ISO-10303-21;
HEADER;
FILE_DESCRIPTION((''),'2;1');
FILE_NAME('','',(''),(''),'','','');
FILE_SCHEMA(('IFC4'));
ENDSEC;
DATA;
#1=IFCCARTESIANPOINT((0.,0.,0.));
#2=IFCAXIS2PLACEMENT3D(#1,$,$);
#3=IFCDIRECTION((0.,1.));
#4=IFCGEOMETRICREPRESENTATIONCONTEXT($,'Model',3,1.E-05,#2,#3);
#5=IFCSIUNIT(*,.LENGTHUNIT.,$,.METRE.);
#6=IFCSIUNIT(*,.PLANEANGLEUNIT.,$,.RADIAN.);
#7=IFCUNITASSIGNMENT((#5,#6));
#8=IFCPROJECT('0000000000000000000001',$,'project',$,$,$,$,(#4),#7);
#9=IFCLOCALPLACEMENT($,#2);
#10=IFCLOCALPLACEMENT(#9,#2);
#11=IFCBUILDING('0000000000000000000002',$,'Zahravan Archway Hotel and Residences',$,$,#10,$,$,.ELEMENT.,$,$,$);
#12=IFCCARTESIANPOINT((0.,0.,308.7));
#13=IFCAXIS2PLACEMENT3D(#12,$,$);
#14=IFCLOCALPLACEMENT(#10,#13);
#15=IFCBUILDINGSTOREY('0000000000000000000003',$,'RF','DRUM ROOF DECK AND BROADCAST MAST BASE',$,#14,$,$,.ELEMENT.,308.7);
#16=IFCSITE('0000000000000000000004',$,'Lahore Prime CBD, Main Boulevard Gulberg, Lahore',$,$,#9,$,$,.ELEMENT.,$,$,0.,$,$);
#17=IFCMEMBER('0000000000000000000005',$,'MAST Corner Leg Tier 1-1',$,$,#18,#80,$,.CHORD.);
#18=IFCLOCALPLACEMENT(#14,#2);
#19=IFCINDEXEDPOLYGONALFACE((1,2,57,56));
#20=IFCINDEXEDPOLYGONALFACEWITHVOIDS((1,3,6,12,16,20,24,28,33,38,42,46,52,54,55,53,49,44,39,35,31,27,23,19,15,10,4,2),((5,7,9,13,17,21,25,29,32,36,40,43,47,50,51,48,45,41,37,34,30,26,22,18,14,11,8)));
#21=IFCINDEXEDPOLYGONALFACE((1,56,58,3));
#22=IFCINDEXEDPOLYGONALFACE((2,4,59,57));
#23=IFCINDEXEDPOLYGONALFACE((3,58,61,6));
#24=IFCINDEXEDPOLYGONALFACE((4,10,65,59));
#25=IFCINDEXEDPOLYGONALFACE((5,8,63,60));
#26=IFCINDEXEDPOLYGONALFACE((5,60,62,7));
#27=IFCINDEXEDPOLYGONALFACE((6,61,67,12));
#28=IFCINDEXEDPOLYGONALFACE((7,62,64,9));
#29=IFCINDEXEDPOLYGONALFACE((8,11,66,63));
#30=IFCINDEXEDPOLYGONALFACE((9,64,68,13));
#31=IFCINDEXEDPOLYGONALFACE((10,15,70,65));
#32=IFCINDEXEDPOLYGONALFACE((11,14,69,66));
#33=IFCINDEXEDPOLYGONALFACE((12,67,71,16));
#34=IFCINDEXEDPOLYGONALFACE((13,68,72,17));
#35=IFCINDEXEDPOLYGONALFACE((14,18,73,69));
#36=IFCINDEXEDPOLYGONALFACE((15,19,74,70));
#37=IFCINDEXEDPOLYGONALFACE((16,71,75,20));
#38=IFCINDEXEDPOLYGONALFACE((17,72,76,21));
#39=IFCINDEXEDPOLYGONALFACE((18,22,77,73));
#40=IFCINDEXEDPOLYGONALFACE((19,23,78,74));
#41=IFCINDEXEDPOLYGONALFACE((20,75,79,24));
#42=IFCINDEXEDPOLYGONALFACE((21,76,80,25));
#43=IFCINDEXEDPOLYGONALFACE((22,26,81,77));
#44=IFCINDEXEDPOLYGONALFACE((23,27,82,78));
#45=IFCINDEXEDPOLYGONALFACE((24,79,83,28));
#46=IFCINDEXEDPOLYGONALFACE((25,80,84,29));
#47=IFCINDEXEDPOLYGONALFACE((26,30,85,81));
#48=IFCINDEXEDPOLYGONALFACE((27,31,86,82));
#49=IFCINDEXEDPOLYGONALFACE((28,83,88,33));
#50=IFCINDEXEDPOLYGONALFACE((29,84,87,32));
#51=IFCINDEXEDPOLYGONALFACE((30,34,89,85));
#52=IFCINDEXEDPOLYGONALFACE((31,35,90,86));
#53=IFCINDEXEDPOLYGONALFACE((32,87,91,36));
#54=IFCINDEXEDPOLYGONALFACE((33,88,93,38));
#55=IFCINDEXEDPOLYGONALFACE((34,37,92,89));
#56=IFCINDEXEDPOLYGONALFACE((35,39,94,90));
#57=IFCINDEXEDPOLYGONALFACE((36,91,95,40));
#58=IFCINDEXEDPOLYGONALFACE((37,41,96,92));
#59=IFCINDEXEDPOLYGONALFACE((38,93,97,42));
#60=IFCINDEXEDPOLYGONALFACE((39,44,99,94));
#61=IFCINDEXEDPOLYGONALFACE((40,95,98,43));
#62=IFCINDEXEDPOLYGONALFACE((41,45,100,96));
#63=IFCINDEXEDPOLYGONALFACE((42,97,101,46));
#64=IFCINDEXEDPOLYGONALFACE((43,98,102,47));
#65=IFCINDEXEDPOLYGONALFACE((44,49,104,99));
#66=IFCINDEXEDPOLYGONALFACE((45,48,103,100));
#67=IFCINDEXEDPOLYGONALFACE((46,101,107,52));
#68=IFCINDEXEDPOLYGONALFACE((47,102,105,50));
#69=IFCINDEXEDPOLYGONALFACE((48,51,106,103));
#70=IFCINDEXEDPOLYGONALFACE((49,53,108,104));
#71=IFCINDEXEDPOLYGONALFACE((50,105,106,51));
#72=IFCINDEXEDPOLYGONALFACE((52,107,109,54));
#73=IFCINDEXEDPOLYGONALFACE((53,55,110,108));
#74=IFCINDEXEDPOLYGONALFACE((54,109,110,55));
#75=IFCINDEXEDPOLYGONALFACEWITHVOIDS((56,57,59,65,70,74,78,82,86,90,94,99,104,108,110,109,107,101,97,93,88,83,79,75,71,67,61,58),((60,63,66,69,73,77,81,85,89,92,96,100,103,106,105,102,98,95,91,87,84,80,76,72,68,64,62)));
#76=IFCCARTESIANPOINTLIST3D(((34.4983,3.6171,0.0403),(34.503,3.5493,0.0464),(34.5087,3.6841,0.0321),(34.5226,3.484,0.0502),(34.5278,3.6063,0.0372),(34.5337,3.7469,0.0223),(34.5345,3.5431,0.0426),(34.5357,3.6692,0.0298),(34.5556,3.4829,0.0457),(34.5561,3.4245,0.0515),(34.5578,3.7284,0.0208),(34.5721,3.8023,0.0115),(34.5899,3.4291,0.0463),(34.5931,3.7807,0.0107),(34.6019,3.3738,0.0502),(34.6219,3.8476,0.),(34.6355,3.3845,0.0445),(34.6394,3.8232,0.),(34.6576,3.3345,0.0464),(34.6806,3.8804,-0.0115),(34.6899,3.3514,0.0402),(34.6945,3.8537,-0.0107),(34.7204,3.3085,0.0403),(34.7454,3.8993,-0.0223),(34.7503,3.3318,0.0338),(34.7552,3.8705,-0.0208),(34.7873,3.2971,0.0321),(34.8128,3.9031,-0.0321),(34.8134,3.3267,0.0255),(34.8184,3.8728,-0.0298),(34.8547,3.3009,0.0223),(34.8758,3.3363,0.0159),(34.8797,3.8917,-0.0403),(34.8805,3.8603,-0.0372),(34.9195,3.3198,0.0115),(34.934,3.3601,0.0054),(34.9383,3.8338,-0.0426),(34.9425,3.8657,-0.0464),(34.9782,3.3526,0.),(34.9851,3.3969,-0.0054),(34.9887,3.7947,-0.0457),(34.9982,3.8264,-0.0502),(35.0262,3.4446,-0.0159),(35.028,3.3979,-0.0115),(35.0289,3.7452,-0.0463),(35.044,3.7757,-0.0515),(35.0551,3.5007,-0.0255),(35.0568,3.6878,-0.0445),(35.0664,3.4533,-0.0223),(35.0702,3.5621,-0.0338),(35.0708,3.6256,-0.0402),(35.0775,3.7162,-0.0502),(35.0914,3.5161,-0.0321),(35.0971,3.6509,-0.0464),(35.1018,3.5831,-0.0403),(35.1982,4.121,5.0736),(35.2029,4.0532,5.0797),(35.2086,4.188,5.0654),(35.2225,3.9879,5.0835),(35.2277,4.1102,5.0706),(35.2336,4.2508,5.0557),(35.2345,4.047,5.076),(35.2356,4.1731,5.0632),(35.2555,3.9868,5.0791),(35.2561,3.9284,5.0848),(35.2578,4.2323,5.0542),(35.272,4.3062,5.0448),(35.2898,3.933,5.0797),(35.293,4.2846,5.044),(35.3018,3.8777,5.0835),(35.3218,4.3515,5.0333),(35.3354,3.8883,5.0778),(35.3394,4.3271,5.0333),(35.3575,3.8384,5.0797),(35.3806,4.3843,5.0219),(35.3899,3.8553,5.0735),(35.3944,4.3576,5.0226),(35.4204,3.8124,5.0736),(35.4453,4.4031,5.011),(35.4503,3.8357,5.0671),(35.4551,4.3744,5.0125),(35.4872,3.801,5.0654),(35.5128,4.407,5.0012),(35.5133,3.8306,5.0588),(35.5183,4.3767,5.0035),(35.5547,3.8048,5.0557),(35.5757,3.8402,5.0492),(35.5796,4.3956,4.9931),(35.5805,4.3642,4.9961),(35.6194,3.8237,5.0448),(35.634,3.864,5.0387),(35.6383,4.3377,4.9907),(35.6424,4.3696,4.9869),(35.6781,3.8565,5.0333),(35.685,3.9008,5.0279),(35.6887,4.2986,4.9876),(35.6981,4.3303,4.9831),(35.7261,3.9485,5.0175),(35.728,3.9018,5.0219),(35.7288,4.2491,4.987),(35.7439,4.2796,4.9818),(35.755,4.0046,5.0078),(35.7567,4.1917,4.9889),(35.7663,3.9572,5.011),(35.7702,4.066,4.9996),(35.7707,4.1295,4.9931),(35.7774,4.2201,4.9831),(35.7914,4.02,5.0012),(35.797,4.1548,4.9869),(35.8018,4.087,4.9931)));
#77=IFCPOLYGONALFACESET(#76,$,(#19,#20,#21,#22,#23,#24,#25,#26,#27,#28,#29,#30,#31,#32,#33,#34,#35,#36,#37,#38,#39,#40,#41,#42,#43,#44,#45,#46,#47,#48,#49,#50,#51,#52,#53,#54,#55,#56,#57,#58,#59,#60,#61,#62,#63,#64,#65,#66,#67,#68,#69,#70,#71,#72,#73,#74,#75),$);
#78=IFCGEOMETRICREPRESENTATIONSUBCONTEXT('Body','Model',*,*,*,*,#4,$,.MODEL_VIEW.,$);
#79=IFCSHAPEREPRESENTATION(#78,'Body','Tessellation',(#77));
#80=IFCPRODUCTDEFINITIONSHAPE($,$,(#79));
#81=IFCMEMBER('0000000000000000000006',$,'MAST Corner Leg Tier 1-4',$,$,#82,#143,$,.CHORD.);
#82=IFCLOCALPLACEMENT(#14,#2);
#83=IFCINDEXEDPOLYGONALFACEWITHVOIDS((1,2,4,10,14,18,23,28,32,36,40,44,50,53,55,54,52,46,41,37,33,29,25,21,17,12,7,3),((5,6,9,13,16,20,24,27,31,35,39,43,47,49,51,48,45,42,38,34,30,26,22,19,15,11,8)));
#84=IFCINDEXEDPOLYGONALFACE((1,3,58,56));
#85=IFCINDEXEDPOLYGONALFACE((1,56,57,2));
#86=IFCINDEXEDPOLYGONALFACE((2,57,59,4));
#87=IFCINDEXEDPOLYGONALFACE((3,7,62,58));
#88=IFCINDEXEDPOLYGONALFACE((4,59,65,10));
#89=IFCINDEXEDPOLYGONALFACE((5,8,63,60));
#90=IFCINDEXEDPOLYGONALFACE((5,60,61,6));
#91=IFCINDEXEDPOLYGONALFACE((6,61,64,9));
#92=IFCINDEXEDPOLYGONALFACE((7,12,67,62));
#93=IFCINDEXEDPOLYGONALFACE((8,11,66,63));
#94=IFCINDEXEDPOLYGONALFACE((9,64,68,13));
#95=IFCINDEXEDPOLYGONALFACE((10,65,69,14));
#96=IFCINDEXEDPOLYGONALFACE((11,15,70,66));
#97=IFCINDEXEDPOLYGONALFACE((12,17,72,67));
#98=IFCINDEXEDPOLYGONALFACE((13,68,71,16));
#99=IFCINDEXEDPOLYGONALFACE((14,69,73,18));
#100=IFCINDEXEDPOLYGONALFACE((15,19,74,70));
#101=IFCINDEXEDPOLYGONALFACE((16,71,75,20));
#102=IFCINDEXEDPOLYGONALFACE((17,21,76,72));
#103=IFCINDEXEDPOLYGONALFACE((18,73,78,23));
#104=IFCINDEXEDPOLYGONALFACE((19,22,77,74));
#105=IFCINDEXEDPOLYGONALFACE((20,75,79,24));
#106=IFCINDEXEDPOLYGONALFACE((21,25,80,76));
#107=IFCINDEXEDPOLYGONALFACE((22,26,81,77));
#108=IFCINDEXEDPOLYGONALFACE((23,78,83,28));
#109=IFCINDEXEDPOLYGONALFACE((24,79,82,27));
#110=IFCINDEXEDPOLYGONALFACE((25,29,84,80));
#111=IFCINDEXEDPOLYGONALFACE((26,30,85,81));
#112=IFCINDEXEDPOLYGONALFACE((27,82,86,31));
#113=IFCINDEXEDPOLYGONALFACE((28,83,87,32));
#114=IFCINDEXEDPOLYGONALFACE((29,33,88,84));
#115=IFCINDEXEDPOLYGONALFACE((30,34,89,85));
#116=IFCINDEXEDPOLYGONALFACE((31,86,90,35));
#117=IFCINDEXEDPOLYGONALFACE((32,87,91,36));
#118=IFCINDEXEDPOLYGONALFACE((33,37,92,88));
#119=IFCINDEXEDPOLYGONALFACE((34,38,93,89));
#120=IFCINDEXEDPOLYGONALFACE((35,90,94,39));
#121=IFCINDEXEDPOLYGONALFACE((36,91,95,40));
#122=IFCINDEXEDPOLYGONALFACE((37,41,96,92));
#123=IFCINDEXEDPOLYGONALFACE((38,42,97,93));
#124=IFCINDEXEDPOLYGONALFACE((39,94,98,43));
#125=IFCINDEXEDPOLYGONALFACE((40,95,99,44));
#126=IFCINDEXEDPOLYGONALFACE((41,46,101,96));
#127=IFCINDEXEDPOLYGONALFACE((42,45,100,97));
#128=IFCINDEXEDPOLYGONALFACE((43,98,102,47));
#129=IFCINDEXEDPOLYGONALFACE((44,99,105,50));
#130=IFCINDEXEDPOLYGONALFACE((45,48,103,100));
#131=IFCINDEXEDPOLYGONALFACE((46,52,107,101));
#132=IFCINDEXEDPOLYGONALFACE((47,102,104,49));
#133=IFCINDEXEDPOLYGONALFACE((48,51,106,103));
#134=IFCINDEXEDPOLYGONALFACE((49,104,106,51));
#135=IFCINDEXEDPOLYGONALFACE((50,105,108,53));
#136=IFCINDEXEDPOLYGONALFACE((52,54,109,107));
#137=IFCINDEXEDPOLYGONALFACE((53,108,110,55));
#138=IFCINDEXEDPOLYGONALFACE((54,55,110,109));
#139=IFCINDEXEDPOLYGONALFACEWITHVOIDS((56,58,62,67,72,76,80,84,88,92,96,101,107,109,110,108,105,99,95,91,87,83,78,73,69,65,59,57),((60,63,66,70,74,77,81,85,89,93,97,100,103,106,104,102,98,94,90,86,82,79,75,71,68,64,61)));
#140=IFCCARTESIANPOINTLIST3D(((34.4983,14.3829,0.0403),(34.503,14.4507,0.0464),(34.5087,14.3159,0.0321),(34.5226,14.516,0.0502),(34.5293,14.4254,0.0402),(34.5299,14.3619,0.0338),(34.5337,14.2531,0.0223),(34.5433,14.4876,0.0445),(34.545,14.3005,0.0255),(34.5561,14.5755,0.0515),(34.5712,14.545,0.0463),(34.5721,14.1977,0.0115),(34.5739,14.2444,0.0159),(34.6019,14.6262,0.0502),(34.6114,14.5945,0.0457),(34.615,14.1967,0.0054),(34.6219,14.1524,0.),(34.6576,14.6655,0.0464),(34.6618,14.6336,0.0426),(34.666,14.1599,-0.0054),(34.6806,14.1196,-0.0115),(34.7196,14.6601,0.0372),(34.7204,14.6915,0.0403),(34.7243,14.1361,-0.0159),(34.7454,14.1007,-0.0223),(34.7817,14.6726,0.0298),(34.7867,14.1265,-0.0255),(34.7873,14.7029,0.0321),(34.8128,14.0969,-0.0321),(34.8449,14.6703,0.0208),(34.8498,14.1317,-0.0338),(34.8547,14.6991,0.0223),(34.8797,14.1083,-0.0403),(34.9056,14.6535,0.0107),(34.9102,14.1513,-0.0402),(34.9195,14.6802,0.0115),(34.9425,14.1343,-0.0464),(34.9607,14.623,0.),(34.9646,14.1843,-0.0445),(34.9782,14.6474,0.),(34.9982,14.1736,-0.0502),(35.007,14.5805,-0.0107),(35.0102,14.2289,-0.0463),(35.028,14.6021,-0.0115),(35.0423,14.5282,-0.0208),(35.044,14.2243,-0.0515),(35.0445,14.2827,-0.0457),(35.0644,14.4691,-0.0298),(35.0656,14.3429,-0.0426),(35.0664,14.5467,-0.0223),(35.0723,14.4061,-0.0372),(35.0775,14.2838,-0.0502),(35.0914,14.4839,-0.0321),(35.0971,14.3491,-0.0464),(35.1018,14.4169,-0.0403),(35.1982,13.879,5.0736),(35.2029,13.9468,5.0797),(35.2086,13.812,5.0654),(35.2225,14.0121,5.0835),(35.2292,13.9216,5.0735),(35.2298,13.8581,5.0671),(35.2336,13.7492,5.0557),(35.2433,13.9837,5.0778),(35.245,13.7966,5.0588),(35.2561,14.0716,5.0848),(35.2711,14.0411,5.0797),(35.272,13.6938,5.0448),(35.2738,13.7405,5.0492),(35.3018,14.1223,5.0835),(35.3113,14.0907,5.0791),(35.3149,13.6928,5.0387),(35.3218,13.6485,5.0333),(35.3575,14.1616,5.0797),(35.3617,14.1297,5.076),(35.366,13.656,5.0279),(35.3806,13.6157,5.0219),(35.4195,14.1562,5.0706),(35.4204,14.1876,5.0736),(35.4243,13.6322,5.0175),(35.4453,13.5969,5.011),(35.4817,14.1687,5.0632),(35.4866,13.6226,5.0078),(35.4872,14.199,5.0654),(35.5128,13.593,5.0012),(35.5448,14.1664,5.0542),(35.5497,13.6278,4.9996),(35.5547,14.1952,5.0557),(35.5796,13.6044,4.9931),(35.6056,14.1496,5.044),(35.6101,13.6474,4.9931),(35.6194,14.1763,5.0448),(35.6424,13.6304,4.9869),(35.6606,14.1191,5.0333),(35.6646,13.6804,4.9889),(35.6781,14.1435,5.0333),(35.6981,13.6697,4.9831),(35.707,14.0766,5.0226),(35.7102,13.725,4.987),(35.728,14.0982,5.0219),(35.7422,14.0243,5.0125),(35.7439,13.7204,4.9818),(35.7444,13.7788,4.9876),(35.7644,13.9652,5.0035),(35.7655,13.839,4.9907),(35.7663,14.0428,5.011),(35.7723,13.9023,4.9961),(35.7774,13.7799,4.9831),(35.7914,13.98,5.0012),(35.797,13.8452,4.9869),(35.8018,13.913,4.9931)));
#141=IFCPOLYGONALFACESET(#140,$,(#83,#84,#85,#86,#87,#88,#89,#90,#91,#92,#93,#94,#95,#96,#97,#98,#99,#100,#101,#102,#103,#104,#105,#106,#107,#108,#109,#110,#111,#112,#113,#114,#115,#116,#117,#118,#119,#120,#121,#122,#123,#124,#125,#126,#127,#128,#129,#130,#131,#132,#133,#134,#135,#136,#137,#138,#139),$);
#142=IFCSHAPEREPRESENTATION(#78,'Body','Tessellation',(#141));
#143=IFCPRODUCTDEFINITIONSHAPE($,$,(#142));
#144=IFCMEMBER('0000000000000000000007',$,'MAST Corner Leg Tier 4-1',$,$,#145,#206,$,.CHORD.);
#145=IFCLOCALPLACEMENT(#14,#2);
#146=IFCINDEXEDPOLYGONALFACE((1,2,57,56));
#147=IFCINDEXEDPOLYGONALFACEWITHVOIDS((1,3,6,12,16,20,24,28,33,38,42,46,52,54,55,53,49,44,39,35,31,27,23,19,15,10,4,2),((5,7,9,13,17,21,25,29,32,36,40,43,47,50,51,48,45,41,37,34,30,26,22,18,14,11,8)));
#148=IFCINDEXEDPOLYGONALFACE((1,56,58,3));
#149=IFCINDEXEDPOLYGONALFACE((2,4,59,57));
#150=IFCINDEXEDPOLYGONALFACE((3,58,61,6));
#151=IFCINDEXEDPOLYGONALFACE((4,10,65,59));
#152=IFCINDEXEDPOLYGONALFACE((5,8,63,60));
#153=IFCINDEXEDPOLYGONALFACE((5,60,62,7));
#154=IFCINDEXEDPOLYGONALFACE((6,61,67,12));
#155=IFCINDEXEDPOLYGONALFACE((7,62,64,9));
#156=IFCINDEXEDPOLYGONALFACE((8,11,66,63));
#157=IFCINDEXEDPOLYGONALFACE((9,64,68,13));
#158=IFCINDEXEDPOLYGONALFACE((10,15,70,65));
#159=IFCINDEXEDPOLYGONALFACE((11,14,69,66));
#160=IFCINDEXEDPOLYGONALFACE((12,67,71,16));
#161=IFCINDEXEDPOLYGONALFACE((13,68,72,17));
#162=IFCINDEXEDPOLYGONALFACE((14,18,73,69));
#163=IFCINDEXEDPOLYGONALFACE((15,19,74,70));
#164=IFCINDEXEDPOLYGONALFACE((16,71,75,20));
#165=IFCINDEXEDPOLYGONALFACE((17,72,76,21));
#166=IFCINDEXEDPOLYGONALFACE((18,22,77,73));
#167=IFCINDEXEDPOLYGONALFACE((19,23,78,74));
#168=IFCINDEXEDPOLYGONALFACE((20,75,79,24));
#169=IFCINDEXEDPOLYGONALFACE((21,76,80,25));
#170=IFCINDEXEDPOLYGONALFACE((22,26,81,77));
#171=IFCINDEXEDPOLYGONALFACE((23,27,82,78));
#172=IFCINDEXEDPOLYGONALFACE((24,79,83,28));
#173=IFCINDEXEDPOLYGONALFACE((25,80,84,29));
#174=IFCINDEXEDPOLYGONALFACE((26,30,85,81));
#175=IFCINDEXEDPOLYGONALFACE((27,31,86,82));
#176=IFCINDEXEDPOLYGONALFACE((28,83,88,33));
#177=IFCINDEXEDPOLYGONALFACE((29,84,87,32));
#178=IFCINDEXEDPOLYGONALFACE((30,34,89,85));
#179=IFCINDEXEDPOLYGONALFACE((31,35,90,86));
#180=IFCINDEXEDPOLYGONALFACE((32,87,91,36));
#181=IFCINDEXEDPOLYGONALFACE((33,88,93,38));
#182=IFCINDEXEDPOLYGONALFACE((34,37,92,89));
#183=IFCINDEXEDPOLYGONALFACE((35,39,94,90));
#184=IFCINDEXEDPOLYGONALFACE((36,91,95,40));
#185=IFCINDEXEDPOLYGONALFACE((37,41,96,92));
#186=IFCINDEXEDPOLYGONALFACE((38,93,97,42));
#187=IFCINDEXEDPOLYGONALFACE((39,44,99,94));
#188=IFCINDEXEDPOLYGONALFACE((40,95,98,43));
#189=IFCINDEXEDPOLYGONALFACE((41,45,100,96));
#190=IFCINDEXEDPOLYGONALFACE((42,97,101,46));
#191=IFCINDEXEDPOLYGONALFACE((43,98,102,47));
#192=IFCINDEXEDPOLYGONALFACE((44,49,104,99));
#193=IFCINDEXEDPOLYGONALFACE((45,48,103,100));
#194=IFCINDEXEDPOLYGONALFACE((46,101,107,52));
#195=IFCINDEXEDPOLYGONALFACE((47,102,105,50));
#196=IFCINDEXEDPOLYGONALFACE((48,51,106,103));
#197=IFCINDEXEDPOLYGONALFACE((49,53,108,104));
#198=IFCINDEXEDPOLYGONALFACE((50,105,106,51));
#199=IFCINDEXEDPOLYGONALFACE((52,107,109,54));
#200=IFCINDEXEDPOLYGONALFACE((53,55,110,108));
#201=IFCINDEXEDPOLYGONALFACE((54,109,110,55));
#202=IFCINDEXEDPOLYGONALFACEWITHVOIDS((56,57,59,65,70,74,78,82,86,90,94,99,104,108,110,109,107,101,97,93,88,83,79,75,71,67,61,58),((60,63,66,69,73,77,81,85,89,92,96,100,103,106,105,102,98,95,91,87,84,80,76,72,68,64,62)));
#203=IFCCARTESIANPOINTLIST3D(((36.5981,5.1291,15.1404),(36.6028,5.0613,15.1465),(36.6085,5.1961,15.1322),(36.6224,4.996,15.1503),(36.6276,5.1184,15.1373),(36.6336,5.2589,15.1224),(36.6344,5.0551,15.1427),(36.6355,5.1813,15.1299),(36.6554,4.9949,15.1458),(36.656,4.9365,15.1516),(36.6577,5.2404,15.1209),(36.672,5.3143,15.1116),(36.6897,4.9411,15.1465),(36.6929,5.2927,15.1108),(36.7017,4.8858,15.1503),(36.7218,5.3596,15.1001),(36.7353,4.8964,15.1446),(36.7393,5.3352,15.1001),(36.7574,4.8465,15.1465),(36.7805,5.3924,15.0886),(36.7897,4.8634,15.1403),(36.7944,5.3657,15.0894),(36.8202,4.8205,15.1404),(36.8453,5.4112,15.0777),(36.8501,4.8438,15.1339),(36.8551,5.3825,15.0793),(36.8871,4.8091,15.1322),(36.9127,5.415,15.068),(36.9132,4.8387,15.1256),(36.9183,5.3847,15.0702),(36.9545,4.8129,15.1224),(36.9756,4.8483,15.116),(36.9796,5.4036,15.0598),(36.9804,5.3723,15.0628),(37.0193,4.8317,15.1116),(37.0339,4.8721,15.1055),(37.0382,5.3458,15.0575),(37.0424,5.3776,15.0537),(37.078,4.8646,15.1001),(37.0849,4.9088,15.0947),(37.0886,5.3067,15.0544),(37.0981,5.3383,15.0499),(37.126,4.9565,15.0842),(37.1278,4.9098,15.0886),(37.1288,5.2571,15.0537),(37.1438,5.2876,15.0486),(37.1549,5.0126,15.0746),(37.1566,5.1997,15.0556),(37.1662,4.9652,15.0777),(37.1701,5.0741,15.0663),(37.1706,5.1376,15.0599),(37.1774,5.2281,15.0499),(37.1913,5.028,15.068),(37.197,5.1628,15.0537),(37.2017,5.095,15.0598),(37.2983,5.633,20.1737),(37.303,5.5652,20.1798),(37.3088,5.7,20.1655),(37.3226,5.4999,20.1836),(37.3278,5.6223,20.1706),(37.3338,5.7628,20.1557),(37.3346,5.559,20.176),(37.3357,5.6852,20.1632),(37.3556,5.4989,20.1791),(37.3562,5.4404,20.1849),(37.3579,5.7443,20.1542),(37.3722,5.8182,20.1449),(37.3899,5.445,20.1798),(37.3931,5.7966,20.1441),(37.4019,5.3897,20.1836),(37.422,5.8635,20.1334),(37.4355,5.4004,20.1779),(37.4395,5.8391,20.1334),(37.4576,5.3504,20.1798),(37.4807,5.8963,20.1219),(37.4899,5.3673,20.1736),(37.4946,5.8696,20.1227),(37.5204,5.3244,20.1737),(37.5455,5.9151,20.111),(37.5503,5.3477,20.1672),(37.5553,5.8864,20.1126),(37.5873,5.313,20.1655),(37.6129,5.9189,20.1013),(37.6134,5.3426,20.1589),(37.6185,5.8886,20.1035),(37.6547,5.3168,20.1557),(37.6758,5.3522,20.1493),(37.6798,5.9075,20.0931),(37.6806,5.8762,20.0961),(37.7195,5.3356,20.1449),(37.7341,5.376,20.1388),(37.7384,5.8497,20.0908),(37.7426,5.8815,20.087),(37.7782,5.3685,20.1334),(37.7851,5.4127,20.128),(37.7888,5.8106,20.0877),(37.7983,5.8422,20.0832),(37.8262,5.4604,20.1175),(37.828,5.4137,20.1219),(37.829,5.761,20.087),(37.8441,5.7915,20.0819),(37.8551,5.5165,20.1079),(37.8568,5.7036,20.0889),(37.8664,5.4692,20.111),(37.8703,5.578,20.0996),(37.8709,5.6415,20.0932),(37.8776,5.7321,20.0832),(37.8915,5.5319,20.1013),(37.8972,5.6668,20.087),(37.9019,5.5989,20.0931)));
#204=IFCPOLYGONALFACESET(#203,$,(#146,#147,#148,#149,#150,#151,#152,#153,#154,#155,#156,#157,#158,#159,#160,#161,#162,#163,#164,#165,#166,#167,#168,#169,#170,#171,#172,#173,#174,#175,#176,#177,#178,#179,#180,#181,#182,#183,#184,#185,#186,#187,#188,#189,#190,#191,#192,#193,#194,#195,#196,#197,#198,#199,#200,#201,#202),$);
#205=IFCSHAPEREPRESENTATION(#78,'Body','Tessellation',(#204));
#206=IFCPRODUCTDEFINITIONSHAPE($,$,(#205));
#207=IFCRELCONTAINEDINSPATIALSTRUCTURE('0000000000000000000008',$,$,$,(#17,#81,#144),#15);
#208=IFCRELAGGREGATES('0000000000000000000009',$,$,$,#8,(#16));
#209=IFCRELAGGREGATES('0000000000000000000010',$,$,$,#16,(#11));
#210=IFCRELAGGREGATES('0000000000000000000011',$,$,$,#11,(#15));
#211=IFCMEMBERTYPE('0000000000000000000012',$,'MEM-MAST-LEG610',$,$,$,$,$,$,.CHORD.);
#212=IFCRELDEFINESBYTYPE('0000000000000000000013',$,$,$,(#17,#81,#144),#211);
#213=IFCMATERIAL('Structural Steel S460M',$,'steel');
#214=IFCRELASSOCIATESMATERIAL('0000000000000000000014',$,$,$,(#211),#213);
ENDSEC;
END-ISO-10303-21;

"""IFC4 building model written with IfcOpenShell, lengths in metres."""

from ifc_helpers import new_model, si_unit, direction, frame, origin, origin_2d, place, context, subcontext, project, spatial, hollow_circle, extrude, source, transform, mapped, material, material_profile, profile_set, type_object, type_shapes, element, save


model = new_model("IFC4")

# Units and contexts
model_context = context("Model", 3, precision=1e-05, world=origin(), true_north=direction((0.0, 1.0)))
body_context = subcontext(model_context, "Body", "Model", "MODEL_VIEW")
ifc_project = project(units=[si_unit("LENGTHUNIT", "METRE"), si_unit("PLANEANGLEUNIT", "RADIAN")], contexts=[model_context])

# Site, building, storey
site_placement = place(None, origin())
site = spatial("IfcSite", under=ifc_project, at=site_placement, Name="Lahore Prime CBD, Main Boulevard Gulberg, Lahore", CompositionType="ELEMENT", RefElevation=0.0)
building_placement = place(site_placement, origin())
building = spatial("IfcBuilding", under=site, at=building_placement, Name="Zahravan Archway Hotel and Residences", CompositionType="ELEMENT")
storey_placement = place(building_placement, frame((0.0, 0.0, 308.7)))
storey = spatial("IfcBuildingStorey", under=building, at=storey_placement, Name="RF", Description="DRUM ROOF DECK AND BROADCAST MAST BASE", CompositionType="ELEMENT", Elevation=308.7)

# Members
ifc_material_1 = material(Name="Structural Steel S460M", Category="steel")
ifc_material_profile_1 = material_profile(ifc_material_1, hollow_circle(Radius=0.3049, WallThickness=0.03, at=origin_2d()), Name="CHS 610x30", Category="steel")
ifc_profile_set_1 = profile_set([ifc_material_profile_1], Name="Structural Steel S460M")
member_type_1 = type_object("IfcMemberType", Name="MEM-MAST-LEG610", PredefinedType="CHORD", material=ifc_profile_set_1)
shared_shape_1 = source(origin(), body_context, "Body", "SweptSolid", [
    extrude(hollow_circle(Radius=0.3049, WallThickness=0.03, at=origin_2d()), origin(), (0.0, 0.0, 1.0), 5.1067),
])
type_shapes(member_type_1, [shared_shape_1])
for number, where, z_axis, x_axis, name in (
    (1, (34.8, 3.6001, 0.0), (0.137062, 0.098674, 0.985636), (-0.58426, 0.811567, 0.0), "MAST Corner Leg Tier 1-1"),
    (2, (34.8, 14.3999, 0.0), (0.137062, -0.098674, 0.985636), (0.58426, 0.811567, 0.0), "MAST Corner Leg Tier 1-4"),
    (3, (36.8999, 5.1121, 15.1001), (0.137116, 0.098678, 0.985628), (-0.584126, 0.811663, 0.0), "MAST Corner Leg Tier 4-1"),
):
    element("IfcMember", number, at=place(storey_placement, frame(where, z_axis=z_axis, x_axis=x_axis)), inside=storey, type_object=member_type_1, Name=name, PredefinedType="CHORD", context=body_context, shape_type="MappedRepresentation", body=[
        mapped(shared_shape_1, transform((0.0, 0.0, 0.0), scale=1.0)),
    ])

save(model, "model.ifc")
